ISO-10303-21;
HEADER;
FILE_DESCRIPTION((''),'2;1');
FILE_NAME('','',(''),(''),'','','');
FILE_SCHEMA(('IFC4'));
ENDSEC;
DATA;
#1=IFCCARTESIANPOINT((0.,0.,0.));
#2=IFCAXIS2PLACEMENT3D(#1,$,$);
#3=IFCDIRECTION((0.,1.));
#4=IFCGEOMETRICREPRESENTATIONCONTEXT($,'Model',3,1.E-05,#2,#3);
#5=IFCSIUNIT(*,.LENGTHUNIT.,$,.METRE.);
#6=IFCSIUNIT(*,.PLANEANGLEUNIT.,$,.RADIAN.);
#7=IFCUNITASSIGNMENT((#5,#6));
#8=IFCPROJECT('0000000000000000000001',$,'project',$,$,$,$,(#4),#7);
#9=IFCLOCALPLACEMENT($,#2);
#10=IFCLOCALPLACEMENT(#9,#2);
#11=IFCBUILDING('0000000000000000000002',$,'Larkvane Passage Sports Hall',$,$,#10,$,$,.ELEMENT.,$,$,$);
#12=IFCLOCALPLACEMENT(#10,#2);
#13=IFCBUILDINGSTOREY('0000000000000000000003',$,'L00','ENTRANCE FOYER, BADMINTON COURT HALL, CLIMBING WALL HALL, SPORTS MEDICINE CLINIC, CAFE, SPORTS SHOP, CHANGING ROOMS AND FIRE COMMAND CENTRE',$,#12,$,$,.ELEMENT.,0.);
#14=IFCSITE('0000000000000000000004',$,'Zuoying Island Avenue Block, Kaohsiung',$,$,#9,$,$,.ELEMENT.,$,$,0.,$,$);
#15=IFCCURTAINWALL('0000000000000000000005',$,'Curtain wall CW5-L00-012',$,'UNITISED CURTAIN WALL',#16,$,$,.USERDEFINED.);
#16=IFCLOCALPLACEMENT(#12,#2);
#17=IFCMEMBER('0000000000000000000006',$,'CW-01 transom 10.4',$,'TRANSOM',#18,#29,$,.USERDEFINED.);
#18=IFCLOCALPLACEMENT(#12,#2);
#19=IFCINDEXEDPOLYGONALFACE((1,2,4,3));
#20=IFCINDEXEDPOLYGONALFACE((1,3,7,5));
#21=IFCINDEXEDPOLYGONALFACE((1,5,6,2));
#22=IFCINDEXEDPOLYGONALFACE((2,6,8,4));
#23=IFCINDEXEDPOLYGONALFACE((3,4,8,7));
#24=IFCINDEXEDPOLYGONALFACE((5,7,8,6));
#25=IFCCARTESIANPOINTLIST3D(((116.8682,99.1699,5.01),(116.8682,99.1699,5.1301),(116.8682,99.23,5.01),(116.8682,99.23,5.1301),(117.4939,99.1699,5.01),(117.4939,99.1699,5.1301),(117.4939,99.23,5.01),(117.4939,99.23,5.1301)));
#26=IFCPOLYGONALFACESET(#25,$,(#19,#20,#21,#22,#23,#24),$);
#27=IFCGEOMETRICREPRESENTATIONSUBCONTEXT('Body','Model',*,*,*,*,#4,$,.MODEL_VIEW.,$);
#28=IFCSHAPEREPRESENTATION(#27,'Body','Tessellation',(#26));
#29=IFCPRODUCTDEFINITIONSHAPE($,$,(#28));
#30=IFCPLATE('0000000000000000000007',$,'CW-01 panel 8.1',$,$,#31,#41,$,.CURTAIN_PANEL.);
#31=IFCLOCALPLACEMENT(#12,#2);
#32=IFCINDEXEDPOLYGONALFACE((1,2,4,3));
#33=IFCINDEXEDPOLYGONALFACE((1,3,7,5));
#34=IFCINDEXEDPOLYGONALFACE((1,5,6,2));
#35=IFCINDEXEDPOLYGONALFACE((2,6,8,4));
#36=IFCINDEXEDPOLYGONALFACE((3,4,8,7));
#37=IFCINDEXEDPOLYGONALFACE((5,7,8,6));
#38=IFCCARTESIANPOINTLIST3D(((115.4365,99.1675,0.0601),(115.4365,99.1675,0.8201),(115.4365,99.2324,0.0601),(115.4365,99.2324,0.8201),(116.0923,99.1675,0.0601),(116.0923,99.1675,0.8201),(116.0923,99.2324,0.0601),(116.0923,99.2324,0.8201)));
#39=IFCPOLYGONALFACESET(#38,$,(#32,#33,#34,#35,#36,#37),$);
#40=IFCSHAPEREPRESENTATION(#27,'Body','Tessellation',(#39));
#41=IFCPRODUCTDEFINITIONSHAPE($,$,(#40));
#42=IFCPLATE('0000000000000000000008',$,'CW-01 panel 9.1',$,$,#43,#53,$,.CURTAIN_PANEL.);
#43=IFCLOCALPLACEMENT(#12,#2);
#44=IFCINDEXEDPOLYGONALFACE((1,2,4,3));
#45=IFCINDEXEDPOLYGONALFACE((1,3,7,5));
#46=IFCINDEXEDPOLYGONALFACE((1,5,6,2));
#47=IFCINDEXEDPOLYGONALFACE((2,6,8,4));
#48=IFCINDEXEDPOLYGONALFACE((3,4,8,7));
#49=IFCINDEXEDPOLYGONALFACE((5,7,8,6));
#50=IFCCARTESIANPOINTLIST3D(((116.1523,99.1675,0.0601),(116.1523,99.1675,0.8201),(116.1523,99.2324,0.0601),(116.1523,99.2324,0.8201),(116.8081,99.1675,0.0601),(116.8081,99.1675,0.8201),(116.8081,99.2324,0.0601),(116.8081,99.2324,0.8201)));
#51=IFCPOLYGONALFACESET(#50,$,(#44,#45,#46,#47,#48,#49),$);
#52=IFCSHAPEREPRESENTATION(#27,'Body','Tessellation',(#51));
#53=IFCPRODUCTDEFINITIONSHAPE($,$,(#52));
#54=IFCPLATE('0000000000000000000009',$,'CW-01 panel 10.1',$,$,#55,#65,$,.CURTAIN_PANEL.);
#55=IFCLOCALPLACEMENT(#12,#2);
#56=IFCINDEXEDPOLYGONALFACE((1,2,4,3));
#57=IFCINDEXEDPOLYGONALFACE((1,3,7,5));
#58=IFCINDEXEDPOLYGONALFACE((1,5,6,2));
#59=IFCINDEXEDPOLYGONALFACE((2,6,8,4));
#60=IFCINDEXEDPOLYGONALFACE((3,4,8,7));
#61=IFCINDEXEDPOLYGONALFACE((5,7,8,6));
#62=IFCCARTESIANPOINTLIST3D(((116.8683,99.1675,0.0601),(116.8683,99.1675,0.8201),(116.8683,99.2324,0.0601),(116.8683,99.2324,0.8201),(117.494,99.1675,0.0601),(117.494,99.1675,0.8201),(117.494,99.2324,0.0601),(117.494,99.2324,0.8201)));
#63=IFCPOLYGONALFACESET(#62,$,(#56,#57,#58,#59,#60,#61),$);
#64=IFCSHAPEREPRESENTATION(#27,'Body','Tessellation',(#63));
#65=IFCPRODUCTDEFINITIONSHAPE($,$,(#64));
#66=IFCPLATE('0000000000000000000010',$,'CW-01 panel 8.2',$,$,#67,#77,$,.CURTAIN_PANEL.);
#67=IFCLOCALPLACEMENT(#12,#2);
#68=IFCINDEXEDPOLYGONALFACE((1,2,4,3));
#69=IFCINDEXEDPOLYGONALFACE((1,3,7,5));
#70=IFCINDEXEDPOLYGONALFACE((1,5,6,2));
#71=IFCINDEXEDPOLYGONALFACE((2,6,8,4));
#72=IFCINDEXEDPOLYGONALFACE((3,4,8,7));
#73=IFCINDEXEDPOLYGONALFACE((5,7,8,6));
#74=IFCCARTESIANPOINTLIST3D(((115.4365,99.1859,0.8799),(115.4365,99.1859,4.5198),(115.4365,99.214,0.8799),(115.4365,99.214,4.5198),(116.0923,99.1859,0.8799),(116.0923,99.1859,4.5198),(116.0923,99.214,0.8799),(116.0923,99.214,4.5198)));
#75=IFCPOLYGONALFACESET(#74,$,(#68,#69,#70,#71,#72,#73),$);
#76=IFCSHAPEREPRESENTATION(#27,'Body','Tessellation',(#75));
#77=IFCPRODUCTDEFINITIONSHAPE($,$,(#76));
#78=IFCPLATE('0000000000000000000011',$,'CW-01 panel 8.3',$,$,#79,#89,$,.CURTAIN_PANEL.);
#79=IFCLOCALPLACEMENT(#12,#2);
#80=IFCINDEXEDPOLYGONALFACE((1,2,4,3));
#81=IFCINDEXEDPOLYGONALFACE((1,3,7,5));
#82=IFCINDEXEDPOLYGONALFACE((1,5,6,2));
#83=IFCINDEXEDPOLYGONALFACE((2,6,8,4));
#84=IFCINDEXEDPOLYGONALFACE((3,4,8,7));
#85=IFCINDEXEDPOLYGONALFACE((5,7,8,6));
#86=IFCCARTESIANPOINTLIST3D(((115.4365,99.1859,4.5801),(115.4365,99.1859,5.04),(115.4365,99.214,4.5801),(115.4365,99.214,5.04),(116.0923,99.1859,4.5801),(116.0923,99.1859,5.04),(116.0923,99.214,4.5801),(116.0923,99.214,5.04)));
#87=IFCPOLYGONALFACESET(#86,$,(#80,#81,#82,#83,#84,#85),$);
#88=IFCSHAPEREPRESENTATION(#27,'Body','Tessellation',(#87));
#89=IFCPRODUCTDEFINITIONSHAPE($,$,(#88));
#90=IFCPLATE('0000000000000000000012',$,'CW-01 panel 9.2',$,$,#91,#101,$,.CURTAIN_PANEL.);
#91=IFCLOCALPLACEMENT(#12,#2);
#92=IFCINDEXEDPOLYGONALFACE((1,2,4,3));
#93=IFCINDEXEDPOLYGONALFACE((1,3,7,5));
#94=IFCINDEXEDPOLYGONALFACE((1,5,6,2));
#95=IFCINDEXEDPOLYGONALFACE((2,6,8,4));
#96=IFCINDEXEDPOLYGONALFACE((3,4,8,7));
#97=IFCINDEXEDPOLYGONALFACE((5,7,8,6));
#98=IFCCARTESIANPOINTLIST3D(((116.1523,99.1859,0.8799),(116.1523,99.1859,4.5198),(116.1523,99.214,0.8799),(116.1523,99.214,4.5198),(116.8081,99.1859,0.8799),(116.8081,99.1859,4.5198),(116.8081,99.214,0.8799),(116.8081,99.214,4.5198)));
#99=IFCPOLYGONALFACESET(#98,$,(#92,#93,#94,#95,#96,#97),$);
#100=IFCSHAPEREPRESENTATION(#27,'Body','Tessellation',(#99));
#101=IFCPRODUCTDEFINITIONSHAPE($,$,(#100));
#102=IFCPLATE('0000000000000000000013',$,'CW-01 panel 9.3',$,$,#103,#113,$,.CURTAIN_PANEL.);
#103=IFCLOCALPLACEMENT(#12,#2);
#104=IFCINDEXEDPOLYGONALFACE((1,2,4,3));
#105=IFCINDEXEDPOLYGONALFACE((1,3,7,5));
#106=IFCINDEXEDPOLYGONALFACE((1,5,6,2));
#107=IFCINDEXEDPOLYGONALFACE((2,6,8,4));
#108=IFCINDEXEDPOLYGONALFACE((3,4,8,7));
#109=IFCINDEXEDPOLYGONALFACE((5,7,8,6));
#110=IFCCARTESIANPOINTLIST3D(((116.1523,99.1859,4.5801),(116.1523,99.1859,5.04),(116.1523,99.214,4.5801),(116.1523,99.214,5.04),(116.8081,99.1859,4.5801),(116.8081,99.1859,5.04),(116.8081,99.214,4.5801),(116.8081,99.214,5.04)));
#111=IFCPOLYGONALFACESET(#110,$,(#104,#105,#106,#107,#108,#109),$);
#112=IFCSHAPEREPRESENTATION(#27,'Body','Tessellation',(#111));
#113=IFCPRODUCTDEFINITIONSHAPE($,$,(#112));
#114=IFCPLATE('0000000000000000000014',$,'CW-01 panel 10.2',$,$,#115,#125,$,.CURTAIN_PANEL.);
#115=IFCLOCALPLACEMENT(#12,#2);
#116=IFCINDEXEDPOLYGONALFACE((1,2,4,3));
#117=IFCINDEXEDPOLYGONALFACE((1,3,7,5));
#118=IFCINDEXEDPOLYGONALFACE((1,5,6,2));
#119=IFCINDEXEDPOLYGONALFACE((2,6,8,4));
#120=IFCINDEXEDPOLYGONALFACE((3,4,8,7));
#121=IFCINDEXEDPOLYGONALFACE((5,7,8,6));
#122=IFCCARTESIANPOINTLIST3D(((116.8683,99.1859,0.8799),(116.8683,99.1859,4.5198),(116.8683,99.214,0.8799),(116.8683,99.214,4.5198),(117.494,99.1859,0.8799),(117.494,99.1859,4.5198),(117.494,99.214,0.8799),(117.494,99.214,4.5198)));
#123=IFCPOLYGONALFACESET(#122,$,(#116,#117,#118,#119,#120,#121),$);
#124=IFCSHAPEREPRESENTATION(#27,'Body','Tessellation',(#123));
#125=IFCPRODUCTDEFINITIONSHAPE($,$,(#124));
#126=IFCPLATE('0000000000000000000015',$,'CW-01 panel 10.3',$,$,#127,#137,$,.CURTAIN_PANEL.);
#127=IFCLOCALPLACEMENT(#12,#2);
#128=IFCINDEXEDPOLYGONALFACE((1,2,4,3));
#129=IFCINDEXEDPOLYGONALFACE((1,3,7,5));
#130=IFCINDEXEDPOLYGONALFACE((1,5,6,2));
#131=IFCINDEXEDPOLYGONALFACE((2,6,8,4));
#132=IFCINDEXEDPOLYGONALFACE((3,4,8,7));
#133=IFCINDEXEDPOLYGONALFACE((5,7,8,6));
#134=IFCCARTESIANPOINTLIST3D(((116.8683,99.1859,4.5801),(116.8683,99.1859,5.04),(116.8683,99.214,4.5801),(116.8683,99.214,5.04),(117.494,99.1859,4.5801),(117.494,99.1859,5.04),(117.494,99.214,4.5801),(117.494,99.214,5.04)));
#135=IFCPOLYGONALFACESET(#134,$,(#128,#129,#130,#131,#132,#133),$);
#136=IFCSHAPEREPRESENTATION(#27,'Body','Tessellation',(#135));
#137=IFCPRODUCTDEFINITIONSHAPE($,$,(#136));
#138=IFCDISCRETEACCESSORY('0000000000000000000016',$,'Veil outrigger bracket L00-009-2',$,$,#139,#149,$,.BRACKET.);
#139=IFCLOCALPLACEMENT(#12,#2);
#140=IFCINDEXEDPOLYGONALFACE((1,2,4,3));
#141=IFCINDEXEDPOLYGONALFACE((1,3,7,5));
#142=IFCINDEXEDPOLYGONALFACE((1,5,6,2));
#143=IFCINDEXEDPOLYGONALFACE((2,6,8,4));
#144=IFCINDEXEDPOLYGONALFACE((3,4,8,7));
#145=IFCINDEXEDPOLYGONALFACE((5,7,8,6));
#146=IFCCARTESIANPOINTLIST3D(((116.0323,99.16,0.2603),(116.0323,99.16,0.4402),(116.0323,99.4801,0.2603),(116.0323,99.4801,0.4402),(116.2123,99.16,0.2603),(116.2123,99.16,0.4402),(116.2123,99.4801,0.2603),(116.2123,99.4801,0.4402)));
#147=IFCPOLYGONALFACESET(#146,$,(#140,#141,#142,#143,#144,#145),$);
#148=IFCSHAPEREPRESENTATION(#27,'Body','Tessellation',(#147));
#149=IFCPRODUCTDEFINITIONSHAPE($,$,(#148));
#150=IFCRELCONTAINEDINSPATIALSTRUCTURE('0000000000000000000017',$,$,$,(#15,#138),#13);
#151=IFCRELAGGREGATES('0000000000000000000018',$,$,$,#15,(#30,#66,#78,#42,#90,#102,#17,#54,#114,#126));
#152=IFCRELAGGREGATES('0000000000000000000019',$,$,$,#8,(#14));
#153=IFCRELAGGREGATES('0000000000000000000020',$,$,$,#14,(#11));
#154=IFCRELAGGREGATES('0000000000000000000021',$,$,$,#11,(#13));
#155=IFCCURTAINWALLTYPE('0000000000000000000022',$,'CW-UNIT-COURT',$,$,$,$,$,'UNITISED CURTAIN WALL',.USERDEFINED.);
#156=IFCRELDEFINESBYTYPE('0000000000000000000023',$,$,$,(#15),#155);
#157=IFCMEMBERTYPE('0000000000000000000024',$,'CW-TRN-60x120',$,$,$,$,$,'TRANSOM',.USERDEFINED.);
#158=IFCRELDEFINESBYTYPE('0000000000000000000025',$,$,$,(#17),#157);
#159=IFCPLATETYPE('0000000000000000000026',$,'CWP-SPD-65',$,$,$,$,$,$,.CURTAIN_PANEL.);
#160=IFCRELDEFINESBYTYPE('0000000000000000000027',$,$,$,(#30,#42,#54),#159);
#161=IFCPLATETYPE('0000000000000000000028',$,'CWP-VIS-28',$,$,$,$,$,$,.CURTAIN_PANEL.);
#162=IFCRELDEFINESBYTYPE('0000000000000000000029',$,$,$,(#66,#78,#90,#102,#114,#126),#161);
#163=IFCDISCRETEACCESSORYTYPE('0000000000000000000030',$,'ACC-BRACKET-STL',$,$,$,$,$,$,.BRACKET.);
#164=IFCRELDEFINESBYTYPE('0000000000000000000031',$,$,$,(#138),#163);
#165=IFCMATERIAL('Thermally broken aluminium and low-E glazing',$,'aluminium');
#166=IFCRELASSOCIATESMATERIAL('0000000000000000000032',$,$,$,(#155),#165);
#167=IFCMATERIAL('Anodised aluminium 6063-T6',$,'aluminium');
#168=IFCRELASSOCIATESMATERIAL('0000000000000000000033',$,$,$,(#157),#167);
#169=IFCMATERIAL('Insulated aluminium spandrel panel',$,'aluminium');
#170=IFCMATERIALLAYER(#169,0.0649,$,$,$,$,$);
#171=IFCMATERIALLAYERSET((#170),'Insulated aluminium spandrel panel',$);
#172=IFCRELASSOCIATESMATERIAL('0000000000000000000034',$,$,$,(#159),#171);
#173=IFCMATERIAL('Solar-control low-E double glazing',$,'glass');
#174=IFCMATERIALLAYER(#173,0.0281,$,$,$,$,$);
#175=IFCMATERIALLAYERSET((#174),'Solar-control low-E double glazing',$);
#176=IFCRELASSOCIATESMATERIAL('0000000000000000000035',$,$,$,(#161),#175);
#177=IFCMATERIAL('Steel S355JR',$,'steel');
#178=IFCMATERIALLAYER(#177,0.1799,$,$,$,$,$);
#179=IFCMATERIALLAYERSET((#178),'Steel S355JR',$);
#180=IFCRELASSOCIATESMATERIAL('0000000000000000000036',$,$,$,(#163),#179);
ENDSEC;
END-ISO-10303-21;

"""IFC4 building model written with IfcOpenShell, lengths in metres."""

from ifc_helpers import new_model, si_unit, direction, frame, origin, origin_2d, place, context, subcontext, project, spatial, rectangle, extrude, material, layer, layer_set, material_profile, profile_set, type_object, element, aggregate, save


model = new_model("IFC4")

# Units and contexts
model_context = context("Model", 3, precision=1e-05, world=origin(), true_north=direction((0.0, 1.0)))
body_context = subcontext(model_context, "Body", "Model", "MODEL_VIEW")
ifc_project = project(units=[si_unit("LENGTHUNIT", "METRE"), si_unit("PLANEANGLEUNIT", "RADIAN")], contexts=[model_context])

# Site, building, storey
site_placement = place(None, origin())
site = spatial("IfcSite", under=ifc_project, at=site_placement, Name="Zuoying Island Avenue Block, Kaohsiung", CompositionType="ELEMENT", RefElevation=0.0)
building_placement = place(site_placement, origin())
building = spatial("IfcBuilding", under=site, at=building_placement, Name="Larkvane Passage Sports Hall", CompositionType="ELEMENT")
storey_placement = place(building_placement, origin())
storey = spatial("IfcBuildingStorey", under=building, at=storey_placement, Name="L00", Description="ENTRANCE FOYER, BADMINTON COURT HALL, CLIMBING WALL HALL, SPORTS MEDICINE CLINIC, CAFE, SPORTS SHOP, CHANGING ROOMS AND FIRE COMMAND CENTRE", CompositionType="ELEMENT", Elevation=0.0)

# Curtain wall, member, plates
ifc_material_1 = material(Name="Thermally broken aluminium and low-E glazing", Category="aluminium")
curtain_wall_type = type_object("IfcCurtainWallType", Name="CW-UNIT-COURT", ElementType="UNITISED CURTAIN WALL", PredefinedType="USERDEFINED", material=ifc_material_1)
curtain_wall_placement = place(storey_placement, origin())
curtain_wall = element("IfcCurtainWall", 1, at=curtain_wall_placement, inside=storey, type_object=curtain_wall_type, Name="Curtain wall CW5-L00-012", ObjectType="UNITISED CURTAIN WALL", PredefinedType="USERDEFINED")
ifc_material_2 = material(Name="Anodised aluminium 6063-T6", Category="aluminium")
ifc_material_profile_1 = material_profile(ifc_material_2, rectangle(XDim=0.0601, YDim=0.1201, at=origin_2d()), Name="ALU-TRN-60x120")
ifc_profile_set_1 = profile_set([ifc_material_profile_1], Name="Anodised aluminium 6063-T6")
member_type_1 = type_object("IfcMemberType", Name="CW-TRN-60x120", ElementType="TRANSOM", PredefinedType="USERDEFINED", material=ifc_profile_set_1)
member_1_placement = place(storey_placement, frame((116.8682, 99.2, 5.0701), z_axis=(1.0, 0.0, 0.0), x_axis=(0.0, 1.0, 0.0)))
member_1 = element("IfcMember", 2, at=member_1_placement, type_object=member_type_1, Name="CW-01 transom 10.4", ObjectType="TRANSOM", PredefinedType="USERDEFINED", context=body_context, shape_type="SweptSolid", body=[
    extrude(rectangle(XDim=0.0601, YDim=0.1201, at=origin_2d()), origin(), (0.0, 0.0, 1.0), 0.6257),
])
ifc_material_3 = material(Name="Insulated aluminium spandrel panel", Category="aluminium")
ifc_layer_1 = layer(ifc_material_3, 0.0649)
ifc_layer_set_1 = layer_set([ifc_layer_1], Name="Insulated aluminium spandrel panel")
plate_type_1 = type_object("IfcPlateType", Name="CWP-SPD-65", PredefinedType="CURTAIN_PANEL", material=ifc_layer_set_1)
plate_1_placement = place(storey_placement, frame((115.7644, 99.2, 0.0601), z_axis=(0.0, 0.0, 1.0), x_axis=(1.0, 0.0, 0.0)))
plate_1 = element("IfcPlate", 3, at=plate_1_placement, type_object=plate_type_1, Name="CW-01 panel 8.1", PredefinedType="CURTAIN_PANEL", context=body_context, shape_type="SweptSolid", body=[
    extrude(rectangle(XDim=0.6558, YDim=0.0649, at=origin_2d()), origin(), (0.0, 0.0, 1.0), 0.76),
])
plate_2_placement = place(storey_placement, frame((116.4802, 99.2, 0.0601), z_axis=(0.0, 0.0, 1.0), x_axis=(1.0, 0.0, 0.0)))
plate_2 = element("IfcPlate", 4, at=plate_2_placement, type_object=plate_type_1, Name="CW-01 panel 9.1", PredefinedType="CURTAIN_PANEL", context=body_context, shape_type="SweptSolid", body=[
    extrude(rectangle(XDim=0.6558, YDim=0.0649, at=origin_2d()), origin(), (0.0, 0.0, 1.0), 0.76),
])
plate_3_placement = place(storey_placement, frame((117.1812, 99.2, 0.0601), z_axis=(0.0, 0.0, 1.0), x_axis=(1.0, 0.0, 0.0)))
plate_3 = element("IfcPlate", 5, at=plate_3_placement, type_object=plate_type_1, Name="CW-01 panel 10.1", PredefinedType="CURTAIN_PANEL", context=body_context, shape_type="SweptSolid", body=[
    extrude(rectangle(XDim=0.6257, YDim=0.0649, at=origin_2d()), origin(), (0.0, 0.0, 1.0), 0.76),
])
ifc_material_4 = material(Name="Solar-control low-E double glazing", Category="glass")
ifc_layer_2 = layer(ifc_material_4, 0.0281)
ifc_layer_set_2 = layer_set([ifc_layer_2], Name="Solar-control low-E double glazing")
plate_type_2 = type_object("IfcPlateType", Name="CWP-VIS-28", PredefinedType="CURTAIN_PANEL", material=ifc_layer_set_2)
plate_4_placement = place(storey_placement, frame((115.7644, 99.2, 0.8799), z_axis=(0.0, 0.0, 1.0), x_axis=(1.0, 0.0, 0.0)))
plate_4 = element("IfcPlate", 6, at=plate_4_placement, type_object=plate_type_2, Name="CW-01 panel 8.2", PredefinedType="CURTAIN_PANEL", context=body_context, shape_type="SweptSolid", body=[
    extrude(rectangle(XDim=0.6558, YDim=0.0281, at=origin_2d()), origin(), (0.0, 0.0, 1.0), 3.6399),
])
plate_5_placement = place(storey_placement, frame((115.7644, 99.2, 4.5801), z_axis=(0.0, 0.0, 1.0), x_axis=(1.0, 0.0, 0.0)))
plate_5 = element("IfcPlate", 7, at=plate_5_placement, type_object=plate_type_2, Name="CW-01 panel 8.3", PredefinedType="CURTAIN_PANEL", context=body_context, shape_type="SweptSolid", body=[
    extrude(rectangle(XDim=0.6558, YDim=0.0281, at=origin_2d()), origin(), (0.0, 0.0, 1.0), 0.46),
])
plate_6_placement = place(storey_placement, frame((116.4802, 99.2, 0.8799), z_axis=(0.0, 0.0, 1.0), x_axis=(1.0, 0.0, 0.0)))
plate_6 = element("IfcPlate", 8, at=plate_6_placement, type_object=plate_type_2, Name="CW-01 panel 9.2", PredefinedType="CURTAIN_PANEL", context=body_context, shape_type="SweptSolid", body=[
    extrude(rectangle(XDim=0.6558, YDim=0.0281, at=origin_2d()), origin(), (0.0, 0.0, 1.0), 3.6399),
])
plate_7_placement = place(storey_placement, frame((116.4802, 99.2, 4.5801), z_axis=(0.0, 0.0, 1.0), x_axis=(1.0, 0.0, 0.0)))
plate_7 = element("IfcPlate", 9, at=plate_7_placement, type_object=plate_type_2, Name="CW-01 panel 9.3", PredefinedType="CURTAIN_PANEL", context=body_context, shape_type="SweptSolid", body=[
    extrude(rectangle(XDim=0.6558, YDim=0.0281, at=origin_2d()), origin(), (0.0, 0.0, 1.0), 0.46),
])
plate_8_placement = place(storey_placement, frame((117.1812, 99.2, 0.8799), z_axis=(0.0, 0.0, 1.0), x_axis=(1.0, 0.0, 0.0)))
plate_8 = element("IfcPlate", 10, at=plate_8_placement, type_object=plate_type_2, Name="CW-01 panel 10.2", PredefinedType="CURTAIN_PANEL", context=body_context, shape_type="SweptSolid", body=[
    extrude(rectangle(XDim=0.6257, YDim=0.0281, at=origin_2d()), origin(), (0.0, 0.0, 1.0), 3.6399),
])
plate_9_placement = place(storey_placement, frame((117.1812, 99.2, 4.5801), z_axis=(0.0, 0.0, 1.0), x_axis=(1.0, 0.0, 0.0)))
plate_9 = element("IfcPlate", 11, at=plate_9_placement, type_object=plate_type_2, Name="CW-01 panel 10.3", PredefinedType="CURTAIN_PANEL", context=body_context, shape_type="SweptSolid", body=[
    extrude(rectangle(XDim=0.6257, YDim=0.0281, at=origin_2d()), origin(), (0.0, 0.0, 1.0), 0.46),
])
aggregate(curtain_wall, [plate_1, plate_4, plate_5, plate_2, plate_6, plate_7, member_1, plate_3, plate_8, plate_9])

# Discrete accessory
ifc_material_5 = material(Name="Steel S355JR", Category="steel")
ifc_layer_3 = layer(ifc_material_5, 0.1799)
ifc_layer_set_3 = layer_set([ifc_layer_3], Name="Steel S355JR")
discrete_accessory_type = type_object("IfcDiscreteAccessoryType", Name="ACC-BRACKET-STL", PredefinedType="BRACKET", material=ifc_layer_set_3)
discrete_accessory_placement = place(storey_placement, frame((116.1223, 99.3201, 0.2603), z_axis=(0.0, 0.0, 1.0), x_axis=(1.0, 0.0, 0.0)))
element("IfcDiscreteAccessory", 12, at=discrete_accessory_placement, inside=storey, type_object=discrete_accessory_type, Name="Veil outrigger bracket L00-009-2", PredefinedType="BRACKET", context=body_context, shape_type="SweptSolid", body=[
    extrude(rectangle(XDim=0.1799, YDim=0.3201, at=origin_2d()), origin(), (0.0, 0.0, 1.0), 0.1799),
])

save(model, "model.ifc")
